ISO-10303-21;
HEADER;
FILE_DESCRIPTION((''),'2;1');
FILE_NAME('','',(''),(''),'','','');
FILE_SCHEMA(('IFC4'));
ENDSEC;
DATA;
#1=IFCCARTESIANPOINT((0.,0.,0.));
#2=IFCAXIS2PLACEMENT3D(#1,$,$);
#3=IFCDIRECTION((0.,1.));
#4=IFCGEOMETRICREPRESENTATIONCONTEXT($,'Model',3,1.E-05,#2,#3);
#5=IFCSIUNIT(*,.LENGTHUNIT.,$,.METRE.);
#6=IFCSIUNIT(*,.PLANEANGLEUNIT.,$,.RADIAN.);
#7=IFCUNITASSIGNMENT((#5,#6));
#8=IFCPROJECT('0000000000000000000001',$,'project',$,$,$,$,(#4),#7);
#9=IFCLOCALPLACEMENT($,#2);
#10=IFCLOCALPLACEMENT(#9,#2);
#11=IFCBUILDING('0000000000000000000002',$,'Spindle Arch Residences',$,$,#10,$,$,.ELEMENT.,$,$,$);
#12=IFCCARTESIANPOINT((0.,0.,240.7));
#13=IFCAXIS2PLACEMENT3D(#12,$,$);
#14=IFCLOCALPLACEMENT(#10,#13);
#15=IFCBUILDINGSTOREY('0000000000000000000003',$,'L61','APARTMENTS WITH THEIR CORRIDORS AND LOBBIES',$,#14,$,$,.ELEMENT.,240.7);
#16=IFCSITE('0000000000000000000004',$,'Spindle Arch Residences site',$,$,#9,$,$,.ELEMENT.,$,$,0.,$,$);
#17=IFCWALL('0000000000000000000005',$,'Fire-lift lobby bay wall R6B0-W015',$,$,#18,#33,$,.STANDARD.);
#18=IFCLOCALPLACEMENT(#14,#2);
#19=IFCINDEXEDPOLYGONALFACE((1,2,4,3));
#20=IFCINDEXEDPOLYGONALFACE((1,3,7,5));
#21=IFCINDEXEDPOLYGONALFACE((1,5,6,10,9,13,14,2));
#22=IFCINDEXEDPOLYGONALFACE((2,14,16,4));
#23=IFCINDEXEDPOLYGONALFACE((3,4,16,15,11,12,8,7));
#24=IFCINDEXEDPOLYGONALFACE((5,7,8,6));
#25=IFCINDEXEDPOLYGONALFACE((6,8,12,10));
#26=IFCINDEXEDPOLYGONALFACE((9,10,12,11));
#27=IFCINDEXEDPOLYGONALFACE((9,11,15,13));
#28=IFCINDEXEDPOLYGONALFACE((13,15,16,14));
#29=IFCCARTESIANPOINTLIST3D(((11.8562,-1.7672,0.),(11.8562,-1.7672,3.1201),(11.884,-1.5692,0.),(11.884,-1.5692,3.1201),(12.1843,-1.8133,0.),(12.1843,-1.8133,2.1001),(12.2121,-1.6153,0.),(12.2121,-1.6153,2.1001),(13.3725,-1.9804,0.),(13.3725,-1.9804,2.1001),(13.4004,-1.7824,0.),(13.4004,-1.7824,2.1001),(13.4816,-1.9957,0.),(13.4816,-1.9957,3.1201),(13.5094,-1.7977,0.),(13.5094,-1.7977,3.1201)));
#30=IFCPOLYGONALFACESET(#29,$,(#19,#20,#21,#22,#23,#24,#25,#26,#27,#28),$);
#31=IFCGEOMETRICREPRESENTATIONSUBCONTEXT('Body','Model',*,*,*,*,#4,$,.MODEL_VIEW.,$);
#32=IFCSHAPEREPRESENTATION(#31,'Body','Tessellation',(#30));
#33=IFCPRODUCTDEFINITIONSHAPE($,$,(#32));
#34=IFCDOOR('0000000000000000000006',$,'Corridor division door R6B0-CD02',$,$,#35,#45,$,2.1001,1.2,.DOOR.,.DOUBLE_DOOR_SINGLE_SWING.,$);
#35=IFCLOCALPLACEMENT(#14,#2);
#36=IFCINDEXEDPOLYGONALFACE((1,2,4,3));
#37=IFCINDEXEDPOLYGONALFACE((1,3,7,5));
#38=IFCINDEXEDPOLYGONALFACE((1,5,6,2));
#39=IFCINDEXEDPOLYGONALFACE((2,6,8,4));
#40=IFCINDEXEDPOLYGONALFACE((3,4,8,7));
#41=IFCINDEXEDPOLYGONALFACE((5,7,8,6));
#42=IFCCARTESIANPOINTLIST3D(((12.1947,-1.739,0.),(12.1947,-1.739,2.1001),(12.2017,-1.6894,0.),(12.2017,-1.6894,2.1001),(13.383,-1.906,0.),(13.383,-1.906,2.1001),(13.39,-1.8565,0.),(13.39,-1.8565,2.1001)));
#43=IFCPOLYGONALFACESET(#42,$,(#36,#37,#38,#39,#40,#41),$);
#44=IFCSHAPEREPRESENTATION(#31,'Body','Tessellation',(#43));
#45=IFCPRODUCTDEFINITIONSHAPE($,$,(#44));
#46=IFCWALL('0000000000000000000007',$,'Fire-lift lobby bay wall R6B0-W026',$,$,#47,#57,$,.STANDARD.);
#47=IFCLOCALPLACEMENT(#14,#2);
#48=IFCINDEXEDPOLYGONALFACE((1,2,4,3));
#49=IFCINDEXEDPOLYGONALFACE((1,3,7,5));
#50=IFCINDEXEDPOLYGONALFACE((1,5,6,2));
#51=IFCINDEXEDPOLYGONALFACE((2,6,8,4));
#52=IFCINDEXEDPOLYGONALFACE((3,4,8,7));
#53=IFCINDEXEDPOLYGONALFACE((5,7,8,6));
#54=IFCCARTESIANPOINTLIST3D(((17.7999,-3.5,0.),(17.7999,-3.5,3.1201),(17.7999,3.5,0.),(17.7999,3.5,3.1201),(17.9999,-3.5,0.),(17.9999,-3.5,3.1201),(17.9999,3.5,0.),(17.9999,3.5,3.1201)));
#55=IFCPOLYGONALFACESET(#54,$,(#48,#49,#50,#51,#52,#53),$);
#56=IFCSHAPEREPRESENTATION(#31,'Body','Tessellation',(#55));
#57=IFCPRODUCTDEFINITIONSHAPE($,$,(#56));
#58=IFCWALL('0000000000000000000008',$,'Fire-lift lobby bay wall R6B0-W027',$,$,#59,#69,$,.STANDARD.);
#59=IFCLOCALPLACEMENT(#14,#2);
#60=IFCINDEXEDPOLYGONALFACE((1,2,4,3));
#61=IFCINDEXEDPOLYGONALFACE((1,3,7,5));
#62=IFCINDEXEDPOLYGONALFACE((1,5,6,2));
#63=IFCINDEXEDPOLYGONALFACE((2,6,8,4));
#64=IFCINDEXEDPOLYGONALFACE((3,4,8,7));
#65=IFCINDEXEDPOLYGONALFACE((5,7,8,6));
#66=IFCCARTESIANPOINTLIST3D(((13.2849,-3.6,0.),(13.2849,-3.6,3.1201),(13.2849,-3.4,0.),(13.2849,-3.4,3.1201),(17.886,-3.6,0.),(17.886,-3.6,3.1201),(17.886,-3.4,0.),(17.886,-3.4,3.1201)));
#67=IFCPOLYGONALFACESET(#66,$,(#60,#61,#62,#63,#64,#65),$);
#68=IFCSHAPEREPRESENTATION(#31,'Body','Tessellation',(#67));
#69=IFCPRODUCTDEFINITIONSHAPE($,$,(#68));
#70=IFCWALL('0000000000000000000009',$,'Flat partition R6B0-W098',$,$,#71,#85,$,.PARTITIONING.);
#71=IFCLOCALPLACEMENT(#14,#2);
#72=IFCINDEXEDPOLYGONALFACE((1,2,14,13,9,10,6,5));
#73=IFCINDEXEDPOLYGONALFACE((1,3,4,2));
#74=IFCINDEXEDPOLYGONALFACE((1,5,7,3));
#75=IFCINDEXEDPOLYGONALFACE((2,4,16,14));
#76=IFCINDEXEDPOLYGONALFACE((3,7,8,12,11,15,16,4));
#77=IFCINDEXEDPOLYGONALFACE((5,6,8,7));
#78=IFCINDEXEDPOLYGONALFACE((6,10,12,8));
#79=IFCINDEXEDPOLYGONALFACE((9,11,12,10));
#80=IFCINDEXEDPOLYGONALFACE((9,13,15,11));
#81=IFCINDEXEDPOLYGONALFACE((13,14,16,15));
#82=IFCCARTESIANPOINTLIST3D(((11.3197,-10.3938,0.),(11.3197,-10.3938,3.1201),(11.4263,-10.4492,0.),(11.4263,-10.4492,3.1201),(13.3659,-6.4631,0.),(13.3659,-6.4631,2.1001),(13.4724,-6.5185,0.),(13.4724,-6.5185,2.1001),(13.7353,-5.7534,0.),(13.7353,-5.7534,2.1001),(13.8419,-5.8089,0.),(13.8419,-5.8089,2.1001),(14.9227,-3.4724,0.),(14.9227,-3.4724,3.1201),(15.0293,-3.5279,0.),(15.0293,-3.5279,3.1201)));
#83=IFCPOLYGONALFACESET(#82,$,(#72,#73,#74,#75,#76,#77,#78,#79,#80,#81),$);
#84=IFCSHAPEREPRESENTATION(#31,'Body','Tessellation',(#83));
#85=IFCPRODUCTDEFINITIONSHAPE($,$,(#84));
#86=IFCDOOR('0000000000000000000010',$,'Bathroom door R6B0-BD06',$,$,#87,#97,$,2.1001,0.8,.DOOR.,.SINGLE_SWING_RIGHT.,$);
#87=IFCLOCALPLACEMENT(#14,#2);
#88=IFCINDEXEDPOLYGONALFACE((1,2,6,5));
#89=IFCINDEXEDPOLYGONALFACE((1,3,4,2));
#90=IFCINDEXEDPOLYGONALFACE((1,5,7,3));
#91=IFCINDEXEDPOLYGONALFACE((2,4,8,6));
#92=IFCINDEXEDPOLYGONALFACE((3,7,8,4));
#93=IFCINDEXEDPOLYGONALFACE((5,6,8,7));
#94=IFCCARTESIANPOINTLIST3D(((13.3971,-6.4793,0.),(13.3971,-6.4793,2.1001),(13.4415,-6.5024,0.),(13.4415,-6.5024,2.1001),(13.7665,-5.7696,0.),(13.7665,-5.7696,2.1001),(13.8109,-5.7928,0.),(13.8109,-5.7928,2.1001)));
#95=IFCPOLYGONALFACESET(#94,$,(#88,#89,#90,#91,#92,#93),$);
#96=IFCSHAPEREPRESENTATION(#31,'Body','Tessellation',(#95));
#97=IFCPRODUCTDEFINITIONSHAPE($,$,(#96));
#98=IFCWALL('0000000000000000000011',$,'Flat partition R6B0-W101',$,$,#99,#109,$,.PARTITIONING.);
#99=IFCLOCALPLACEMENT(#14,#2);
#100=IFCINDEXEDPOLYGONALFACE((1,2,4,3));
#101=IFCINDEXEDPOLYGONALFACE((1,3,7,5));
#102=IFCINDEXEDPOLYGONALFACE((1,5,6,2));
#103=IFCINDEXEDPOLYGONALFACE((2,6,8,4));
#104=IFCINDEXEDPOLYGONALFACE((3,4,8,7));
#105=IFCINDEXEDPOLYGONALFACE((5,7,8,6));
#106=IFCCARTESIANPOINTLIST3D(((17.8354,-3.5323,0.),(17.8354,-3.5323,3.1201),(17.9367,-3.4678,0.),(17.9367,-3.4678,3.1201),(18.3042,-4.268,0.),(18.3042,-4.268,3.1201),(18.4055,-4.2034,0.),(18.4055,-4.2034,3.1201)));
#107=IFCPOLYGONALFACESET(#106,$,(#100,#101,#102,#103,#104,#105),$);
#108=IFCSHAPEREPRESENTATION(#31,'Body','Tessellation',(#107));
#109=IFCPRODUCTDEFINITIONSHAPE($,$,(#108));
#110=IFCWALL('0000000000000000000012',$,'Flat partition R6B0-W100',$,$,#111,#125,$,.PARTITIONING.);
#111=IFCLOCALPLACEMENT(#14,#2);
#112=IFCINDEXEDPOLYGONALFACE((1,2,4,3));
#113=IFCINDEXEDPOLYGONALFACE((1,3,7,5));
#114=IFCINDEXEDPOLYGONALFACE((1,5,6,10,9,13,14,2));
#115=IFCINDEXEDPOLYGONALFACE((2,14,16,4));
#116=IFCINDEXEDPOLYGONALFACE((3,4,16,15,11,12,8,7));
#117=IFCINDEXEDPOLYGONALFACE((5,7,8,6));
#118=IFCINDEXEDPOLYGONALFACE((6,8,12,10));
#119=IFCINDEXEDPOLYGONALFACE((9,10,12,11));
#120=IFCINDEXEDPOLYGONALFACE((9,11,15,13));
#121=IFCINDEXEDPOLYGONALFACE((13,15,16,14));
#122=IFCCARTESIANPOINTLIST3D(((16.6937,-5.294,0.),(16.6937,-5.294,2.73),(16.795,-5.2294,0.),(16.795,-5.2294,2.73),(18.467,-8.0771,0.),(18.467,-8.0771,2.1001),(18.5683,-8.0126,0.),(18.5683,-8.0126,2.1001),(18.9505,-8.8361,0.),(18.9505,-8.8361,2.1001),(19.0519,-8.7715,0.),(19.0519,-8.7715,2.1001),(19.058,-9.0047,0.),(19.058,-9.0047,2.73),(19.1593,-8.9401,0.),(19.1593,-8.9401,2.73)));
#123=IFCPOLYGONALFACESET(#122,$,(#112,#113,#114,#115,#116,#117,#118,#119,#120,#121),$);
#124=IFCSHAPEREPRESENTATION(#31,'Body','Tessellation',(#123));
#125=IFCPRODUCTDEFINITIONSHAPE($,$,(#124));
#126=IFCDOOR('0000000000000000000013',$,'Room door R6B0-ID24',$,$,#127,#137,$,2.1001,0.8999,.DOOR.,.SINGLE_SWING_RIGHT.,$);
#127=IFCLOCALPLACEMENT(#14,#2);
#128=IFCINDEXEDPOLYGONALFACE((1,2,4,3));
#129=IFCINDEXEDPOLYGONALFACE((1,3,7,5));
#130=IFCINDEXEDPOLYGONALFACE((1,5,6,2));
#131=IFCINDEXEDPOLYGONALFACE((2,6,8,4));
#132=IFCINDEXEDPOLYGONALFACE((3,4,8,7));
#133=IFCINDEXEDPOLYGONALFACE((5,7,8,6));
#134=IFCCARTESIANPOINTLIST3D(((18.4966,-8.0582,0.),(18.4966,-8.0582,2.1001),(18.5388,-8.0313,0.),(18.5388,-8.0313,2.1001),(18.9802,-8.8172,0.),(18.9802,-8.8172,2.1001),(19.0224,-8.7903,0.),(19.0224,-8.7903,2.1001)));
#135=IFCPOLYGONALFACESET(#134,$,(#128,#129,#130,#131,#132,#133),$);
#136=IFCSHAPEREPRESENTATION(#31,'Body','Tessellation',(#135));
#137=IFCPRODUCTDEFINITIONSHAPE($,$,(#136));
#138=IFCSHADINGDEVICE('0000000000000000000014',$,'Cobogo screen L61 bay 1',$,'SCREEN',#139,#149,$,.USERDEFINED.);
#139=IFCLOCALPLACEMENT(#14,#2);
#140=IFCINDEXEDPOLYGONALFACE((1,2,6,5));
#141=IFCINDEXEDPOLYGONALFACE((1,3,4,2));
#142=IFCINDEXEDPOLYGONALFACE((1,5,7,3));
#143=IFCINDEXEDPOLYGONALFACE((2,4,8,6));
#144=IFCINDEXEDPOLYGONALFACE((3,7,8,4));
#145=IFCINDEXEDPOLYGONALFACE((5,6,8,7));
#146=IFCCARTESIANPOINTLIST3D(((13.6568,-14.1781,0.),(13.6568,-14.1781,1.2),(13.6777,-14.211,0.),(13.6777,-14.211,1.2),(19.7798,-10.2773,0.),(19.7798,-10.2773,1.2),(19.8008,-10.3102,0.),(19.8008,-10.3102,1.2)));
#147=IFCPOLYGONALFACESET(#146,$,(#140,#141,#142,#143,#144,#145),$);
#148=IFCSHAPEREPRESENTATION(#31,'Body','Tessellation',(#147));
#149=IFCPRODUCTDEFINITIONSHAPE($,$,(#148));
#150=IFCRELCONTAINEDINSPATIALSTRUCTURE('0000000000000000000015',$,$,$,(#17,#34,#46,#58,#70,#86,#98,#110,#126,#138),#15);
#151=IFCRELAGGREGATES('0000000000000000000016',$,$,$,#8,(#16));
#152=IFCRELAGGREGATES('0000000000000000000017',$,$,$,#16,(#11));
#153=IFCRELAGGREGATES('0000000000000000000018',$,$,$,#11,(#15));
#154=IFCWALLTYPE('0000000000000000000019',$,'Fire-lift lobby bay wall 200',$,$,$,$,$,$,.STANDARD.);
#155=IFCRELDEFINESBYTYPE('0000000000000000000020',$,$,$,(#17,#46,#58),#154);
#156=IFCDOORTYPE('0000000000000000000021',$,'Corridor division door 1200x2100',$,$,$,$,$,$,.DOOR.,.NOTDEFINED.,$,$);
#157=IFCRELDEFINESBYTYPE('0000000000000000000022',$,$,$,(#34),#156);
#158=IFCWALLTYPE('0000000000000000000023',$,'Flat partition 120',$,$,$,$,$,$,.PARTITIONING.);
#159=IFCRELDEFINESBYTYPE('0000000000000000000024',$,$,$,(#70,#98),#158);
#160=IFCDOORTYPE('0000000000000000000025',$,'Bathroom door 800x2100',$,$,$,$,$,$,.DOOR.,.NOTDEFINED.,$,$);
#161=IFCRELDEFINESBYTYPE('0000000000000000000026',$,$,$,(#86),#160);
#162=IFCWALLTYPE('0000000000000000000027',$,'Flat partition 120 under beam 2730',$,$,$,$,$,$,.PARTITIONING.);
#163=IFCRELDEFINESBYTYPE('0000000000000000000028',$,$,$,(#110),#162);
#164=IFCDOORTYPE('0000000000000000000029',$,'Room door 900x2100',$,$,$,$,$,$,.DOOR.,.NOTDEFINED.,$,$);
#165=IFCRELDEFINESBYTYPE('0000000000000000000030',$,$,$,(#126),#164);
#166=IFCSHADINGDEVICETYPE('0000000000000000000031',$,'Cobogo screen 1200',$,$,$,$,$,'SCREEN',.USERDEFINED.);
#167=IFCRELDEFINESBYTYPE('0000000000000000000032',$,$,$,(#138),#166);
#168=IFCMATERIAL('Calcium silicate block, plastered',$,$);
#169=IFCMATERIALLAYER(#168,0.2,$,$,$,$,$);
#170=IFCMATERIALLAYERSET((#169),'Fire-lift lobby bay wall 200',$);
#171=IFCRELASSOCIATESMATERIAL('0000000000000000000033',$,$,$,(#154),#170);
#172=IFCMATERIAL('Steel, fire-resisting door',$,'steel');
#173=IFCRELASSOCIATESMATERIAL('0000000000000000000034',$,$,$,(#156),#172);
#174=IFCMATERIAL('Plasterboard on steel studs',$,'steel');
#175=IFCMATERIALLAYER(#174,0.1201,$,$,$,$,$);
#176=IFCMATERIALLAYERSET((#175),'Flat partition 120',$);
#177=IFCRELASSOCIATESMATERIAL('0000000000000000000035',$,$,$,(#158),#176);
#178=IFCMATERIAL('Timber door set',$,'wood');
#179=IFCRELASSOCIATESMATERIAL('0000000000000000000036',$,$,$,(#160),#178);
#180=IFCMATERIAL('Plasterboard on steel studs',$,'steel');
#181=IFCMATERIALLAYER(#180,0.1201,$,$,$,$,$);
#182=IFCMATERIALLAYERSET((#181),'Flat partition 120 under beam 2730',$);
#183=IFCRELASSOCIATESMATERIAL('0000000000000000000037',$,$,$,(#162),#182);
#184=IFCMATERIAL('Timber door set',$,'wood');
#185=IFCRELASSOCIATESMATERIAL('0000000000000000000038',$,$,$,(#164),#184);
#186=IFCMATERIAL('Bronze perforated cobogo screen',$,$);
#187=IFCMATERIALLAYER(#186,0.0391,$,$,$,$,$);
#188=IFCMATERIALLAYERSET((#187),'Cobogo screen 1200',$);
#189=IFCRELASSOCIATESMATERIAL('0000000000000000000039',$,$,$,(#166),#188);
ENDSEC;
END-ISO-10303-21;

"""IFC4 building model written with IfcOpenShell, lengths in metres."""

from ifc_helpers import new_model, si_unit, direction, frame, frame_2d, origin, origin_2d, place, context, subcontext, project, spatial, rectangle, extrude, material, layer, layer_set, type_object, element, fill, save


model = new_model("IFC4")

# Units and contexts
model_context = context("Model", 3, precision=1e-05, world=origin(), true_north=direction((0.0, 1.0)))
body_context = subcontext(model_context, "Body", "Model", "MODEL_VIEW")
ifc_project = project(units=[si_unit("LENGTHUNIT", "METRE"), si_unit("PLANEANGLEUNIT", "RADIAN")], contexts=[model_context])

# Site, building, storey
site_placement = place(None, origin())
site = spatial("IfcSite", under=ifc_project, at=site_placement, Name="Spindle Arch Residences site", CompositionType="ELEMENT", RefElevation=0.0)
building_placement = place(site_placement, origin())
building = spatial("IfcBuilding", under=site, at=building_placement, Name="Spindle Arch Residences", CompositionType="ELEMENT")
storey_placement = place(building_placement, frame((0.0, 0.0, 240.7)))
storey = spatial("IfcBuildingStorey", under=building, at=storey_placement, Name="L61", Description="APARTMENTS WITH THEIR CORRIDORS AND LOBBIES", CompositionType="ELEMENT", Elevation=240.7)

# Shared definitions
ifc_material_1 = material(Name="Calcium silicate block, plastered")
ifc_layer_1 = layer(ifc_material_1, 0.2)
ifc_layer_set_1 = layer_set([ifc_layer_1], Name="Fire-lift lobby bay wall 200")
wall_type_1 = type_object("IfcWallType", Name="Fire-lift lobby bay wall 200", PredefinedType="STANDARD", material=ifc_layer_set_1)

# Wall, opening, door
wall_1_placement = place(storey_placement, frame((13.4956, -1.8967, 0.0), z_axis=(0.0, 0.0, 1.0), x_axis=(-0.990262, 0.139214, 0.0)))
wall_1 = element("IfcWall", 1, at=wall_1_placement, inside=storey, type_object=wall_type_1, Name="Fire-lift lobby bay wall R6B0-W015", PredefinedType="STANDARD", context=body_context, shape_type="SweptSolid", body=[
    extrude(rectangle(XDim=1.6414, YDim=0.2, at=frame_2d((0.8208, 0.0))), origin(), (0.0, 0.0, 1.0), 3.1201),
])
opening_1_placement = place(wall_1_placement, frame((0.1101, 0.0, 0.0)))
opening_1 = element("IfcOpeningElement", 2, at=opening_1_placement, cuts=wall_1, PredefinedType="OPENING", context=body_context, shape_type="SweptSolid", body=[
    extrude(rectangle(XDim=1.2, YDim=2.1001, at=frame_2d((0.6001, 1.05))), frame((0.0, 0.1099, 0.0), z_axis=(0.0, -1.0, 0.0), x_axis=(1.0, 0.0, 0.0)), (0.0, 0.0, 1.0), 0.22),
])
ifc_material_2 = material(Name="Steel, fire-resisting door", Category="steel")
door_type_1 = type_object("IfcDoorType", Name="Corridor division door 1200x2100", OperationType="NOTDEFINED", PredefinedType="DOOR", material=ifc_material_2)
door_1_placement = place(opening_1_placement, origin())
door_1 = element("IfcDoor", 3, at=door_1_placement, inside=storey, type_object=door_type_1, Name="Corridor division door R6B0-CD02", OperationType="DOUBLE_DOOR_SINGLE_SWING", OverallHeight=2.1001, OverallWidth=1.2, PredefinedType="DOOR", context=body_context, shape_type="SweptSolid", body=[
    extrude(rectangle(XDim=1.2, YDim=2.1001, at=frame_2d((0.6001, 1.05))), frame((0.0, 0.0249, 0.0), z_axis=(0.0, -1.0, 0.0), x_axis=(1.0, 0.0, 0.0)), (0.0, 0.0, 1.0), 0.05),
])
fill(opening_1, door_1)

# Walls
wall_2_placement = place(storey_placement, frame((17.8999, -3.5, 0.0), z_axis=(0.0, 0.0, 1.0), x_axis=(0.0, 1.0, 0.0)))
element("IfcWall", 4, at=wall_2_placement, inside=storey, type_object=wall_type_1, Name="Fire-lift lobby bay wall R6B0-W026", PredefinedType="STANDARD", context=body_context, shape_type="SweptSolid", body=[
    extrude(rectangle(XDim=7.0, YDim=0.2, at=frame_2d((3.5, 0.0))), origin(), (0.0, 0.0, 1.0), 3.1201),
])
wall_3_placement = place(storey_placement, frame((13.2849, -3.5, 0.0), z_axis=(0.0, 0.0, 1.0), x_axis=(1.0, 0.0, 0.0)))
element("IfcWall", 5, at=wall_3_placement, inside=storey, type_object=wall_type_1, Name="Fire-lift lobby bay wall R6B0-W027", PredefinedType="STANDARD", context=body_context, shape_type="SweptSolid", body=[
    extrude(rectangle(XDim=4.6011, YDim=0.2, at=frame_2d((2.3005, 0.0))), origin(), (0.0, 0.0, 1.0), 3.1201),
])

# Wall, opening, door
ifc_material_3 = material(Name="Plasterboard on steel studs", Category="steel")
ifc_layer_2 = layer(ifc_material_3, 0.1201)
ifc_layer_set_2 = layer_set([ifc_layer_2], Name="Flat partition 120")
wall_type_2 = type_object("IfcWallType", Name="Flat partition 120", PredefinedType="PARTITIONING", material=ifc_layer_set_2)
wall_4_placement = place(storey_placement, frame((11.373, -10.4214, 0.0), z_axis=(0.0, 0.0, 1.0), x_axis=(0.461747, 0.887012, 0.0)))
wall_4 = element("IfcWall", 6, at=wall_4_placement, inside=storey, type_object=wall_type_2, Name="Flat partition R6B0-W098", PredefinedType="PARTITIONING", context=body_context, shape_type="SweptSolid", body=[
    extrude(rectangle(XDim=7.803, YDim=0.1201, at=frame_2d((3.9014, 0.0))), origin(), (0.0, 0.0, 1.0), 3.1201),
])
opening_2_placement = place(wall_4_placement, frame((4.4314, 0.0, 0.0)))
opening_2 = element("IfcOpeningElement", 7, at=opening_2_placement, cuts=wall_4, PredefinedType="OPENING", context=body_context, shape_type="SweptSolid", body=[
    extrude(rectangle(XDim=0.8, YDim=2.1001, at=frame_2d((0.3999, 1.05))), frame((0.0, 0.0701, 0.0), z_axis=(0.0, -1.0, 0.0), x_axis=(1.0, 0.0, 0.0)), (0.0, 0.0, 1.0), 0.1401),
])
ifc_material_4 = material(Name="Timber door set", Category="wood")
door_type_2 = type_object("IfcDoorType", Name="Bathroom door 800x2100", OperationType="NOTDEFINED", PredefinedType="DOOR", material=ifc_material_4)
door_2_placement = place(opening_2_placement, origin())
door_2 = element("IfcDoor", 8, at=door_2_placement, inside=storey, type_object=door_type_2, Name="Bathroom door R6B0-BD06", OperationType="SINGLE_SWING_RIGHT", OverallHeight=2.1001, OverallWidth=0.8, PredefinedType="DOOR", context=body_context, shape_type="SweptSolid", body=[
    extrude(rectangle(XDim=0.8, YDim=2.1001, at=frame_2d((0.3999, 1.05))), frame((0.0, 0.0249, 0.0), z_axis=(0.0, -1.0, 0.0), x_axis=(1.0, 0.0, 0.0)), (0.0, 0.0, 1.0), 0.05),
])
fill(opening_2, door_2)

# Wall
wall_5_placement = place(storey_placement, frame((18.3547, -4.2356, 0.0), z_axis=(0.0, 0.0, 1.0), x_axis=(-0.537401, 0.843327, 0.0)))
element("IfcWall", 9, at=wall_5_placement, inside=storey, type_object=wall_type_2, Name="Flat partition R6B0-W101", PredefinedType="PARTITIONING", context=body_context, shape_type="SweptSolid", body=[
    extrude(rectangle(XDim=0.8723, YDim=0.1201, at=frame_2d((0.436, 0.0))), origin(), (0.0, 0.0, 1.0), 3.1201),
])

# Wall, opening, door
ifc_material_5 = material(Name="Plasterboard on steel studs", Category="steel")
ifc_layer_3 = layer(ifc_material_5, 0.1201)
ifc_layer_set_3 = layer_set([ifc_layer_3], Name="Flat partition 120 under beam 2730")
wall_type_3 = type_object("IfcWallType", Name="Flat partition 120 under beam 2730", PredefinedType="PARTITIONING", material=ifc_layer_set_3)
wall_6_placement = place(storey_placement, frame((19.1086, -8.9724, 0.0), z_axis=(0.0, 0.0, 1.0), x_axis=(-0.537346, 0.843362, 0.0)))
wall_6 = element("IfcWall", 10, at=wall_6_placement, inside=storey, type_object=wall_type_3, Name="Flat partition R6B0-W100", PredefinedType="PARTITIONING", context=body_context, shape_type="SweptSolid", body=[
    extrude(rectangle(XDim=4.3999, YDim=0.1201, at=frame_2d((2.2, 0.0))), origin(), (0.0, 0.0, 1.0), 2.73),
])
opening_3_placement = place(wall_6_placement, frame((0.2, 0.0, 0.0)))
opening_3 = element("IfcOpeningElement", 11, at=opening_3_placement, cuts=wall_6, PredefinedType="OPENING", context=body_context, shape_type="SweptSolid", body=[
    extrude(rectangle(XDim=0.8999, YDim=2.1001, at=frame_2d((0.45, 1.05))), frame((0.0, 0.0701, 0.0), z_axis=(0.0, -1.0, 0.0), x_axis=(1.0, 0.0, 0.0)), (0.0, 0.0, 1.0), 0.1401),
])
ifc_material_6 = material(Name="Timber door set", Category="wood")
door_type_3 = type_object("IfcDoorType", Name="Room door 900x2100", OperationType="NOTDEFINED", PredefinedType="DOOR", material=ifc_material_6)
door_3_placement = place(opening_3_placement, origin())
door_3 = element("IfcDoor", 12, at=door_3_placement, inside=storey, type_object=door_type_3, Name="Room door R6B0-ID24", OperationType="SINGLE_SWING_RIGHT", OverallHeight=2.1001, OverallWidth=0.8999, PredefinedType="DOOR", context=body_context, shape_type="SweptSolid", body=[
    extrude(rectangle(XDim=0.8999, YDim=2.1001, at=frame_2d((0.45, 1.05))), frame((0.0, 0.0249, 0.0), z_axis=(0.0, -1.0, 0.0), x_axis=(1.0, 0.0, 0.0)), (0.0, 0.0, 1.0), 0.05),
])
fill(opening_3, door_3)

# Shading device
ifc_material_7 = material(Name="Bronze perforated cobogo screen")
ifc_layer_4 = layer(ifc_material_7, 0.0391)
ifc_layer_set_4 = layer_set([ifc_layer_4], Name="Cobogo screen 1200")
shading_device_type = type_object("IfcShadingDeviceType", Name="Cobogo screen 1200", ElementType="SCREEN", PredefinedType="USERDEFINED", material=ifc_layer_set_4)
shading_device_placement = place(storey_placement, frame((16.7288, -12.2441, 0.0), z_axis=(0.0, 0.0, 1.0), x_axis=(0.843391, 0.5373, 0.0)))
element("IfcShadingDevice", 13, at=shading_device_placement, inside=storey, type_object=shading_device_type, Name="Cobogo screen L61 bay 1", ObjectType="SCREEN", PredefinedType="USERDEFINED", context=body_context, shape_type="SweptSolid", body=[
    extrude(rectangle(XDim=7.26, YDim=0.0391, at=origin_2d()), origin(), (0.0, 0.0, 1.0), 1.2),
])

save(model, "model.ifc")
